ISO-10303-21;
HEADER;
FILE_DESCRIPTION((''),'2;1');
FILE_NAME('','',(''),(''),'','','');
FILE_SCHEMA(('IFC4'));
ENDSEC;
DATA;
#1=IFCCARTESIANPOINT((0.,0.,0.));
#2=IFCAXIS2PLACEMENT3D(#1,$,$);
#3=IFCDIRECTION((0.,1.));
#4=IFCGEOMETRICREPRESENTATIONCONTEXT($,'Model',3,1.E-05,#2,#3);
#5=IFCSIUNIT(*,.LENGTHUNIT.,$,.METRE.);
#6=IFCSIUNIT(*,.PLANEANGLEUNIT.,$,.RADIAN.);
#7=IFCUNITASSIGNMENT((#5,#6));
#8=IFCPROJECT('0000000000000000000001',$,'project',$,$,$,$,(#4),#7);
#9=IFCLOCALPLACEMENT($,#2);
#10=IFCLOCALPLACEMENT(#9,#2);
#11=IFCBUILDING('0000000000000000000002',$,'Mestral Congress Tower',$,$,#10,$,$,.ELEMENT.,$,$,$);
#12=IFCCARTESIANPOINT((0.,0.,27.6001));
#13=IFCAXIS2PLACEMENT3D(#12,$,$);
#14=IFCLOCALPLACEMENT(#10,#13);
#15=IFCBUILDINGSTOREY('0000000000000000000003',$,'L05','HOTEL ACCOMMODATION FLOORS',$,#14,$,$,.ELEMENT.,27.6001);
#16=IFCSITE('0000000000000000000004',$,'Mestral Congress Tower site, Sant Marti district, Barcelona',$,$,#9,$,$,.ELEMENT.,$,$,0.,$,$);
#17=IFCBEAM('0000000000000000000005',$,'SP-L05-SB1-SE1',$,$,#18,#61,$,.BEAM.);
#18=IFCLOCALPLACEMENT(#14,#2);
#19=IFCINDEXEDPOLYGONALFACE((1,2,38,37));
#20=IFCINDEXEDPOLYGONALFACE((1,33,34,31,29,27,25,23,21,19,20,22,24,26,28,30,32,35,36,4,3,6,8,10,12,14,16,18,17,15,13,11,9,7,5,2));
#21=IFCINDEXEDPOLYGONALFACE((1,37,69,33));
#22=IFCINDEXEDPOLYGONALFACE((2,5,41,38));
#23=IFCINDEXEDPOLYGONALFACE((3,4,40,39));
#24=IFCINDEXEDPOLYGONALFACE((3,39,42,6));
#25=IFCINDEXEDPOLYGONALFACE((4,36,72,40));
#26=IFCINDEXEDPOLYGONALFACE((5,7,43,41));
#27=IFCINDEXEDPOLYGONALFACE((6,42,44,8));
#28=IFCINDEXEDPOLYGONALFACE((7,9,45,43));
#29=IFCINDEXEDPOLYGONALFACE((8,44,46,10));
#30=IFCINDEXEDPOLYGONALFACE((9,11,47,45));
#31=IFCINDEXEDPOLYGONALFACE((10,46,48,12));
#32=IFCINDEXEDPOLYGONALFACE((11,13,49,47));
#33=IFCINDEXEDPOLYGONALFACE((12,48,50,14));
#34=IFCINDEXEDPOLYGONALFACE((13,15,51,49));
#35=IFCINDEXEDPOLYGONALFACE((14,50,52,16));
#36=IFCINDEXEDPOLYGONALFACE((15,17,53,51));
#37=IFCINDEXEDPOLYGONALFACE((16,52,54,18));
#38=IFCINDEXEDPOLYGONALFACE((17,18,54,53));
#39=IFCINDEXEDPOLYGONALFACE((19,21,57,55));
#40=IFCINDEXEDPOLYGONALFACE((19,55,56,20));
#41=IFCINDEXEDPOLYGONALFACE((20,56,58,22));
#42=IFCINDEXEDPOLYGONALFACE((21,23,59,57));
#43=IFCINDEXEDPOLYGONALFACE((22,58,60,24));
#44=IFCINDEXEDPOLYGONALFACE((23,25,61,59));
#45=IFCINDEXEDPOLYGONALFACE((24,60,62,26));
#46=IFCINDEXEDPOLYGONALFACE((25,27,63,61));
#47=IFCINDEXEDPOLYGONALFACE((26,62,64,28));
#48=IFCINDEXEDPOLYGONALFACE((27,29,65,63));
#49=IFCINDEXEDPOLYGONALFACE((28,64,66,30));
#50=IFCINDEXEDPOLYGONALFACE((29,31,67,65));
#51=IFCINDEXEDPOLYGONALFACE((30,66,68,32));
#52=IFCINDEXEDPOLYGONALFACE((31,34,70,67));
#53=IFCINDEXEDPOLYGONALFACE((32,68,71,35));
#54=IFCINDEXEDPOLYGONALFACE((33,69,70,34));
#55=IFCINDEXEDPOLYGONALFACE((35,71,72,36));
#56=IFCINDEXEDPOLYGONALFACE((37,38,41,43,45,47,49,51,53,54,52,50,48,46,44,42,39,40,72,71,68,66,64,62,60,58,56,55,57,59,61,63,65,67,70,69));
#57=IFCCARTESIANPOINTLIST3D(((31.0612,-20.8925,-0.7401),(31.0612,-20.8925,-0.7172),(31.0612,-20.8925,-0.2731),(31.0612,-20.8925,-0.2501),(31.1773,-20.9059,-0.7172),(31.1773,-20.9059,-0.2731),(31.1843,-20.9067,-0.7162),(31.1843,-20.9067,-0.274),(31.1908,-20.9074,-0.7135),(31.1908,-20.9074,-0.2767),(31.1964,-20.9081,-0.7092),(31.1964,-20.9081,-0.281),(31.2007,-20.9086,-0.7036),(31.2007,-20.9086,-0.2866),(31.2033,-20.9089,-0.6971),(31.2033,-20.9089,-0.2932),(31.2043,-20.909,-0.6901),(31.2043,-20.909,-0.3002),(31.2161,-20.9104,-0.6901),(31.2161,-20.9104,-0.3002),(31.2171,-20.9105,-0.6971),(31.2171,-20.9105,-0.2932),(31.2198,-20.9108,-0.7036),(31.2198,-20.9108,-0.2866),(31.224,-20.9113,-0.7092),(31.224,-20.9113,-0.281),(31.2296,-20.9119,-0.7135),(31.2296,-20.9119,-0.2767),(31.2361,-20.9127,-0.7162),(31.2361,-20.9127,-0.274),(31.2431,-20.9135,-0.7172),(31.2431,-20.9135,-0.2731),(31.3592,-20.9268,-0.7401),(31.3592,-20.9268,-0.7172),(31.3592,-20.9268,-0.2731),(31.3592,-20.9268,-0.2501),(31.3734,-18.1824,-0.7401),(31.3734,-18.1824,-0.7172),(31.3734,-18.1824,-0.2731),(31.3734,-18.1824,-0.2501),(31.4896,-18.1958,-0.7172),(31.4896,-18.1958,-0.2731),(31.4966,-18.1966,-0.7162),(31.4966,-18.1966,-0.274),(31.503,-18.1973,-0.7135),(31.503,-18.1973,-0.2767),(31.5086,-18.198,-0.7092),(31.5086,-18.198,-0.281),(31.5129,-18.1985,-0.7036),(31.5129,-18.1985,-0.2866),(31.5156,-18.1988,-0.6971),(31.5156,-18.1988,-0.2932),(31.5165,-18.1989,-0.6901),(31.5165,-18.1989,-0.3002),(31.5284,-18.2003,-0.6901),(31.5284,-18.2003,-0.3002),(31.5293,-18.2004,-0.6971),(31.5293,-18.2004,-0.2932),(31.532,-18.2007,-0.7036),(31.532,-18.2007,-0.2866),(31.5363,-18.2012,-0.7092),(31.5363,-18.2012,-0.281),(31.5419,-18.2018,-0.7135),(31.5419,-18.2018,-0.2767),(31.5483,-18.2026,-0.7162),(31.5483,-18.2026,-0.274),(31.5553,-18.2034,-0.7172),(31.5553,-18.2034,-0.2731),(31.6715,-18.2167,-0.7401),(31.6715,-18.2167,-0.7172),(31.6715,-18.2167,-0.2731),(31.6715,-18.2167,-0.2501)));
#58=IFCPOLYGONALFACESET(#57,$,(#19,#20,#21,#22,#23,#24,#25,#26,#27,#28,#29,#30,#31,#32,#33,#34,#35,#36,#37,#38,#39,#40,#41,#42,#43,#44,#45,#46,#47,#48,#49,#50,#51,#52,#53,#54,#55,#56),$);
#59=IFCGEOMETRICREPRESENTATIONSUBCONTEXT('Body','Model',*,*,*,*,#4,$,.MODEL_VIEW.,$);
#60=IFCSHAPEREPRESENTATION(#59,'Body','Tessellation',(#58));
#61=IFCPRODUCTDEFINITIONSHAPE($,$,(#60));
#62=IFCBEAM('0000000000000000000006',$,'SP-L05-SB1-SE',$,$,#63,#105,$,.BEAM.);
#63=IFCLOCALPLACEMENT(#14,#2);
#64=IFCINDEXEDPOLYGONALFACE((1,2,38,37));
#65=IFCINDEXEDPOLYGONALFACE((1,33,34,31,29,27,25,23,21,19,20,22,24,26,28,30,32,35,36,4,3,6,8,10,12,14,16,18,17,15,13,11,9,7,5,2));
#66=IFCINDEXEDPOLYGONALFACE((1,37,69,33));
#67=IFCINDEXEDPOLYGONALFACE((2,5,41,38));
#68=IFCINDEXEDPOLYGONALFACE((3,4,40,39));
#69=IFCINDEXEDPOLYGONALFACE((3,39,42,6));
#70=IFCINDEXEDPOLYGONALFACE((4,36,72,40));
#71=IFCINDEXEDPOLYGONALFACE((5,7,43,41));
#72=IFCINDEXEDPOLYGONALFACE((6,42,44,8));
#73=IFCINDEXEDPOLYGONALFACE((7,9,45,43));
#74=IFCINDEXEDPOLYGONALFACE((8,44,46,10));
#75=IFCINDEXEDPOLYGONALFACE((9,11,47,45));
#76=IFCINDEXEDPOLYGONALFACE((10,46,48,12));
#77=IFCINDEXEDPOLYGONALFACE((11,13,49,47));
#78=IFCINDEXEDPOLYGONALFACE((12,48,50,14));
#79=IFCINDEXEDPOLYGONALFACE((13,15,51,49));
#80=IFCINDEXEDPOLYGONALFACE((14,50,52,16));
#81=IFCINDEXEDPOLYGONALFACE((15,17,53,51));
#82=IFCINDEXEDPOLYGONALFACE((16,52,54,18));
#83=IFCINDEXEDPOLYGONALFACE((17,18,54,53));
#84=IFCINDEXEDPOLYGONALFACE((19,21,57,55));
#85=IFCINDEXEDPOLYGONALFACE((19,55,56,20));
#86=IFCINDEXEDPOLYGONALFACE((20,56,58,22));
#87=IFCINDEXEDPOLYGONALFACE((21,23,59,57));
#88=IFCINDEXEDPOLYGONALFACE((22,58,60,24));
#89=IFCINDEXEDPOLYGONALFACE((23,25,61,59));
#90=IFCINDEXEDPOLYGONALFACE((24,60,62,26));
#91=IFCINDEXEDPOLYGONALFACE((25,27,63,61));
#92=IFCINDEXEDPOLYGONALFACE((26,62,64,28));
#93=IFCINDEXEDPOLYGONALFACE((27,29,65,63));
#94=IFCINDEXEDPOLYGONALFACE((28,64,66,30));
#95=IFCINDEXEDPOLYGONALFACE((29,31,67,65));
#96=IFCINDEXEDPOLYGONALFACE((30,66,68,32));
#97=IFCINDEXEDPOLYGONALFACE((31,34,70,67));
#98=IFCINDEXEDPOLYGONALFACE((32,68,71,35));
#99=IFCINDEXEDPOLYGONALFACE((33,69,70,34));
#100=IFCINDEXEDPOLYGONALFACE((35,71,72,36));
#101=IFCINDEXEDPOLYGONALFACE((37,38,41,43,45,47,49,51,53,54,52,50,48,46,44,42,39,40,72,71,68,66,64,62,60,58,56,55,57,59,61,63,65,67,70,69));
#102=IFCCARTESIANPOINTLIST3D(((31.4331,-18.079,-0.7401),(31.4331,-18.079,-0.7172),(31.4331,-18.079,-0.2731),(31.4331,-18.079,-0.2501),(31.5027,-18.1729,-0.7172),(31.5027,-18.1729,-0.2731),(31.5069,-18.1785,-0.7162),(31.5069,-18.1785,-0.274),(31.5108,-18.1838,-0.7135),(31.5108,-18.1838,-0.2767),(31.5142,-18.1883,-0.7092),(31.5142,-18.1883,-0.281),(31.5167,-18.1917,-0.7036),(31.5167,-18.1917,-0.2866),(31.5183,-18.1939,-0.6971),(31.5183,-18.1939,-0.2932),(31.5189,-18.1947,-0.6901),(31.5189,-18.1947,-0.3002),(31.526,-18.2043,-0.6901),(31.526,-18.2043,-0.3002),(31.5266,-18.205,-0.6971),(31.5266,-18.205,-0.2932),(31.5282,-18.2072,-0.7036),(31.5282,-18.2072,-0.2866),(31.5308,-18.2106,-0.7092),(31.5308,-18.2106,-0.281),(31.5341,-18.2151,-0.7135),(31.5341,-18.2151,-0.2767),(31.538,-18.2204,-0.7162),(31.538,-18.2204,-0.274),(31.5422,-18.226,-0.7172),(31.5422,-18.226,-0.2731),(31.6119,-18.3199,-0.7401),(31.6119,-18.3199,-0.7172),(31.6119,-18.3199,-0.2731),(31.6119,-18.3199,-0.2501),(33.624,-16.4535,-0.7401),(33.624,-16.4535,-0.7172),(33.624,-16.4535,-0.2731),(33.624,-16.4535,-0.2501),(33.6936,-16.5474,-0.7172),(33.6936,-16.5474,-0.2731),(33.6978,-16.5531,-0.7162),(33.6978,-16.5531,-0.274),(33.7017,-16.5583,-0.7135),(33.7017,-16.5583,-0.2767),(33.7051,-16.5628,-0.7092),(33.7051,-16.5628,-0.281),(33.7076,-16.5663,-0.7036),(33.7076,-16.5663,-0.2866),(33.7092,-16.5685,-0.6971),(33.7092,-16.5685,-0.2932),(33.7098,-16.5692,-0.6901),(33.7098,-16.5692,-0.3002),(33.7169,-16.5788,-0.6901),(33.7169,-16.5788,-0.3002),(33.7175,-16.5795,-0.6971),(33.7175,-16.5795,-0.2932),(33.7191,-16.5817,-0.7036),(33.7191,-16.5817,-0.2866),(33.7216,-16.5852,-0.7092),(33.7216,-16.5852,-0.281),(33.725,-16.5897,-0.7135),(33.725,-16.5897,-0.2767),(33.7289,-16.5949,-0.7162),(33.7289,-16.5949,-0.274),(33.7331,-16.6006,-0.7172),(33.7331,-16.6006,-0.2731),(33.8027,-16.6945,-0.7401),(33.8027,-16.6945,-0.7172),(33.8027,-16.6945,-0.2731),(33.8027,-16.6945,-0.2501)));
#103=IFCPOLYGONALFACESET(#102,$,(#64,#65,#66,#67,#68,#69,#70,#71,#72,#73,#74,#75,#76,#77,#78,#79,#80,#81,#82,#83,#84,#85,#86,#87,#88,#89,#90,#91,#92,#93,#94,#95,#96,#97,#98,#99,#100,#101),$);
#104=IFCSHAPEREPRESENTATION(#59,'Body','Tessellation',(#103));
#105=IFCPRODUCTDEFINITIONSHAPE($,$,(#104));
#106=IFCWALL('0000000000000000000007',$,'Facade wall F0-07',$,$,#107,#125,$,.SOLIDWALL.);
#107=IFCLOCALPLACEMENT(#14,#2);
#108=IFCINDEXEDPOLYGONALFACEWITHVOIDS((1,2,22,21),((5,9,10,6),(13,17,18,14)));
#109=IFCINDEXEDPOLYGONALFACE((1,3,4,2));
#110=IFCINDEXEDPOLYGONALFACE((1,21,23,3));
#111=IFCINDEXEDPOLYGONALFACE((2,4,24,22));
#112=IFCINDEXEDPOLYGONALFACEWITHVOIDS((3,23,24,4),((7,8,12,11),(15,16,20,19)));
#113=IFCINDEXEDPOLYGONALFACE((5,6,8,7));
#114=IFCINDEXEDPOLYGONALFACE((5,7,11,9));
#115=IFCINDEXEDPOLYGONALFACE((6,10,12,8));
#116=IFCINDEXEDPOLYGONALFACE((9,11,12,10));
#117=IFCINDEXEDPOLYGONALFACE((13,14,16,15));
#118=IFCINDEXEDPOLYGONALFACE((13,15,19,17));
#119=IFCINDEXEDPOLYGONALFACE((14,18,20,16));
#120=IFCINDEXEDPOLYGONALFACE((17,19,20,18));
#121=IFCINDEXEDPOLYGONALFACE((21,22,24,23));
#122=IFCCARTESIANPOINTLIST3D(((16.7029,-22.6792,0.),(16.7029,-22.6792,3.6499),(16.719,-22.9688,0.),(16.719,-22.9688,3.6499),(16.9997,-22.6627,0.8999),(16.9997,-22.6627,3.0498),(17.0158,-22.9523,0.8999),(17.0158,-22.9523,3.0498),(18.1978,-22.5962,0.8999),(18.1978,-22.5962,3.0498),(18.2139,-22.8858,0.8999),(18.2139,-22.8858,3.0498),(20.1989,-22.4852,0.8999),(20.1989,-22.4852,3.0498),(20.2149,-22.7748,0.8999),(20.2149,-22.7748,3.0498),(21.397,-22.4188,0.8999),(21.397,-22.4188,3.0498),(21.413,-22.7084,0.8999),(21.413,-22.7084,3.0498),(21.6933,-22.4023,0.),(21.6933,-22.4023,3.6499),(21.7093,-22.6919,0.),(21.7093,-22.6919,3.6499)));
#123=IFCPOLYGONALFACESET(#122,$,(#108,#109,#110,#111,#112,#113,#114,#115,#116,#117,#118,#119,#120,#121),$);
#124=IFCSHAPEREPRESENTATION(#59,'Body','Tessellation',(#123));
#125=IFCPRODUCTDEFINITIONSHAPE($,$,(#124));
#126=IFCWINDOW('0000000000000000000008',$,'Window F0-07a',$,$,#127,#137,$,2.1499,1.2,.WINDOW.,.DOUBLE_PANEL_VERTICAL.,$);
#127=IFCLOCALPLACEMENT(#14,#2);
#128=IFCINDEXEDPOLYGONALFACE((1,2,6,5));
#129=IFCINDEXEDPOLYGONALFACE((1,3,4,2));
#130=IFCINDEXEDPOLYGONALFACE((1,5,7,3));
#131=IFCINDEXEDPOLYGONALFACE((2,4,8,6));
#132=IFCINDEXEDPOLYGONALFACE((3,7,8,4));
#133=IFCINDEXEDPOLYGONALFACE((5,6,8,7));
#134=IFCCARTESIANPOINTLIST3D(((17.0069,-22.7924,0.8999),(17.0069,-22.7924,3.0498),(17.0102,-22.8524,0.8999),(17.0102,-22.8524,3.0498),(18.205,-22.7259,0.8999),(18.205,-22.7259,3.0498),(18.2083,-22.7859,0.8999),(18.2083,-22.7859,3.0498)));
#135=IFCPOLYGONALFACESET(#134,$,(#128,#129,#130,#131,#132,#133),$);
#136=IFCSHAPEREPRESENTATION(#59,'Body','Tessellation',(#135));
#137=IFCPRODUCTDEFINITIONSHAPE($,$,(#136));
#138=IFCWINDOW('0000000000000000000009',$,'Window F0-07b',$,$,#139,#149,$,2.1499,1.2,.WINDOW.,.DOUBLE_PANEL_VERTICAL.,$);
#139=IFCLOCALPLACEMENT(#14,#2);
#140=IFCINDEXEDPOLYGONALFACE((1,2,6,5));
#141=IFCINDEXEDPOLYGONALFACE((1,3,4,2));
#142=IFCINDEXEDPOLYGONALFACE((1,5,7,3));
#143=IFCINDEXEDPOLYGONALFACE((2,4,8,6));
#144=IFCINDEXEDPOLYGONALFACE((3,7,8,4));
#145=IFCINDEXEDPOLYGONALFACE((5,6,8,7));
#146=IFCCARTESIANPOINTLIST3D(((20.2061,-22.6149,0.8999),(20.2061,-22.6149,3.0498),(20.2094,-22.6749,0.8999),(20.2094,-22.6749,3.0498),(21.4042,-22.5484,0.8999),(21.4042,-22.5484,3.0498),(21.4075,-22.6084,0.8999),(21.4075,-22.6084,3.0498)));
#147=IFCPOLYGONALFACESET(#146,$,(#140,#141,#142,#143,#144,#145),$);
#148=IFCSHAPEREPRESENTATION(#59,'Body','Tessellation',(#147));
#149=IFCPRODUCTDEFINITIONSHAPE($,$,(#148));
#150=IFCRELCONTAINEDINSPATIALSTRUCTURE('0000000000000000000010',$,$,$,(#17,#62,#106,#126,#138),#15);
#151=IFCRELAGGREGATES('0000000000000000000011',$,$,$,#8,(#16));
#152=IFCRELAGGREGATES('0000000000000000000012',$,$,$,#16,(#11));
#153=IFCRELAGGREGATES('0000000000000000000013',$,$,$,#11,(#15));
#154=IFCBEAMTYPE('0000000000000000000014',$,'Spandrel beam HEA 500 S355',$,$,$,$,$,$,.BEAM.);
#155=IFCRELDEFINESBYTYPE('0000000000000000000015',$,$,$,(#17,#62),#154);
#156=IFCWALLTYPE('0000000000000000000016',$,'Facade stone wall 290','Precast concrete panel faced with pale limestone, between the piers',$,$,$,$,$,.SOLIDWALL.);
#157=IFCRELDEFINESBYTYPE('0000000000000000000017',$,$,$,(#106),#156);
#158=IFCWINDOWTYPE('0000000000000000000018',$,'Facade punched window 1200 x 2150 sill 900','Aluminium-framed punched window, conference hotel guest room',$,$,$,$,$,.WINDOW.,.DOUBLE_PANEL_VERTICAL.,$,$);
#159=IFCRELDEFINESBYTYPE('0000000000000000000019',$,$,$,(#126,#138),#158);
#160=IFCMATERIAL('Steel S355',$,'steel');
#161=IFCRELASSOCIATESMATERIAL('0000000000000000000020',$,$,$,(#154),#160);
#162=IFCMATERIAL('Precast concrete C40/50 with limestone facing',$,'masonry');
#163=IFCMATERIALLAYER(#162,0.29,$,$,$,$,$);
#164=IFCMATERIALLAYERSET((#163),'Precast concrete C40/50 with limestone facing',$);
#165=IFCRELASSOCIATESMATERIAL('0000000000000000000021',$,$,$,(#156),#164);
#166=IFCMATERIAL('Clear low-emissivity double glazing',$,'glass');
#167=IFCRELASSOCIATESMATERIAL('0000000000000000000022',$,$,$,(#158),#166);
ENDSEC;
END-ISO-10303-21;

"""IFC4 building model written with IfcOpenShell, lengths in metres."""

from ifc_helpers import new_model, si_unit, direction, frame, frame_2d, origin, origin_2d, place, context, subcontext, project, spatial, rectangle, i_section, extrude, material, layer, layer_set, material_profile, profile_set, type_object, element, fill, save


model = new_model("IFC4")

# Units and contexts
model_context = context("Model", 3, precision=1e-05, world=origin(), true_north=direction((0.0, 1.0)))
body_context = subcontext(model_context, "Body", "Model", "MODEL_VIEW")
ifc_project = project(units=[si_unit("LENGTHUNIT", "METRE"), si_unit("PLANEANGLEUNIT", "RADIAN")], contexts=[model_context])

# Site, building, storey
site_placement = place(None, origin())
site = spatial("IfcSite", under=ifc_project, at=site_placement, Name="Mestral Congress Tower site, Sant Marti district, Barcelona", CompositionType="ELEMENT", RefElevation=0.0)
building_placement = place(site_placement, origin())
building = spatial("IfcBuilding", under=site, at=building_placement, Name="Mestral Congress Tower", CompositionType="ELEMENT")
storey_placement = place(building_placement, frame((0.0, 0.0, 27.6001)))
storey = spatial("IfcBuildingStorey", under=building, at=storey_placement, Name="L05", Description="HOTEL ACCOMMODATION FLOORS", CompositionType="ELEMENT", Elevation=27.6001)

# Beams
ifc_material_1 = material(Name="Steel S355", Category="steel")
ifc_material_profile_1 = material_profile(ifc_material_1, i_section(OverallWidth=0.3, OverallDepth=0.49, WebThickness=0.012, FlangeThickness=0.0229, FilletRadius=0.0271, at=origin_2d()), Name="HEA 500")
ifc_profile_set_1 = profile_set([ifc_material_profile_1], Name="Steel S355")
beam_type_1 = type_object("IfcBeamType", Name="Spandrel beam HEA 500 S355", PredefinedType="BEAM", material=ifc_profile_set_1)
for number, where, z_axis, x_axis, name in (
    (1, (31.2102, -20.9097, -0.4951), (0.114458, 0.993428, 0.0), (-0.993428, 0.114458, 0.0), "SP-L05-SB1-SE1"),
    (2, (31.5225, -18.1995, -0.4951), (0.803104, 0.595839, 0.0), (-0.595839, 0.803104, 0.0), "SP-L05-SB1-SE"),
):
    element("IfcBeam", number, at=place(storey_placement, frame(where, z_axis=z_axis, x_axis=x_axis)), inside=storey, type_object=beam_type_1, Name=name, PredefinedType="BEAM", context=body_context, shape_type="SweptSolid", body=[
        extrude(i_section(OverallWidth=0.3, OverallDepth=0.49, WebThickness=0.012, FlangeThickness=0.0229, FilletRadius=0.0271, at=origin_2d()), origin(), (0.0, 0.0, 1.0), 2.728),
    ])

# Wall, openings, windows
ifc_material_2 = material(Name="Precast concrete C40/50 with limestone facing", Category="masonry")
ifc_layer_1 = layer(ifc_material_2, 0.29)
ifc_layer_set_1 = layer_set([ifc_layer_1], Name="Precast concrete C40/50 with limestone facing")
wall_type_1 = type_object("IfcWallType", Name="Facade stone wall 290", Description="Precast concrete panel faced with pale limestone, between the piers", PredefinedType="SOLIDWALL", material=ifc_layer_set_1)
wall_1_placement = place(storey_placement, frame((16.7109, -22.824, 0.0), z_axis=(0.0, 0.0, 1.0), x_axis=(0.998465, 0.055392, 0.0)))
wall_1 = element("IfcWall", 3, at=wall_1_placement, inside=storey, type_object=wall_type_1, Name="Facade wall F0-07", PredefinedType="SOLIDWALL", context=body_context, shape_type="SweptSolid", body=[
    extrude(rectangle(XDim=4.998, YDim=0.29, at=frame_2d((2.499, 0.0))), origin(), (0.0, 0.0, 1.0), 3.6499),
])
opening_1_placement = place(wall_1_placement, frame((0.2971, 0.0, 0.8999)))
opening_1 = element("IfcOpeningElement", 4, at=opening_1_placement, cuts=wall_1, PredefinedType="OPENING", context=body_context, shape_type="SweptSolid", body=[
    extrude(rectangle(XDim=1.2, YDim=2.1499, at=frame_2d((0.6001, 1.075))), frame((0.0, 0.155, 0.0), z_axis=(0.0, -1.0, 0.0), x_axis=(1.0, 0.0, 0.0)), (0.0, 0.0, 1.0), 0.3101),
])
opening_2_placement = place(wall_1_placement, frame((3.5012, 0.0, 0.8999)))
opening_2 = element("IfcOpeningElement", 5, at=opening_2_placement, cuts=wall_1, PredefinedType="OPENING", context=body_context, shape_type="SweptSolid", body=[
    extrude(rectangle(XDim=1.2, YDim=2.1499, at=frame_2d((0.6001, 1.075))), frame((0.0, 0.155, 0.0), z_axis=(0.0, -1.0, 0.0), x_axis=(1.0, 0.0, 0.0)), (0.0, 0.0, 1.0), 0.3101),
])
ifc_material_3 = material(Name="Clear low-emissivity double glazing", Category="glass")
window_type_1 = type_object("IfcWindowType", Name="Facade punched window 1200 x 2150 sill 900", Description="Aluminium-framed punched window, conference hotel guest room", PartitioningType="DOUBLE_PANEL_VERTICAL", PredefinedType="WINDOW", material=ifc_material_3)
window_1_placement = place(opening_1_placement, origin())
window_1 = element("IfcWindow", 6, at=window_1_placement, inside=storey, type_object=window_type_1, Name="Window F0-07a", OverallHeight=2.1499, OverallWidth=1.2, PartitioningType="DOUBLE_PANEL_VERTICAL", PredefinedType="WINDOW", context=body_context, shape_type="SweptSolid", body=[
    extrude(rectangle(XDim=1.2, YDim=2.1499, at=frame_2d((0.6001, 1.075))), frame((0.0, 0.0151, 0.0), z_axis=(0.0, -1.0, 0.0), x_axis=(1.0, 0.0, 0.0)), (0.0, 0.0, 1.0), 0.0601),
])
fill(opening_1, window_1)
window_2_placement = place(opening_2_placement, origin())
window_2 = element("IfcWindow", 7, at=window_2_placement, inside=storey, type_object=window_type_1, Name="Window F0-07b", OverallHeight=2.1499, OverallWidth=1.2, PartitioningType="DOUBLE_PANEL_VERTICAL", PredefinedType="WINDOW", context=body_context, shape_type="SweptSolid", body=[
    extrude(rectangle(XDim=1.2, YDim=2.1499, at=frame_2d((0.6001, 1.075))), frame((0.0, 0.0151, 0.0), z_axis=(0.0, -1.0, 0.0), x_axis=(1.0, 0.0, 0.0)), (0.0, 0.0, 1.0), 0.0601),
])
fill(opening_2, window_2)

save(model, "model.ifc")
